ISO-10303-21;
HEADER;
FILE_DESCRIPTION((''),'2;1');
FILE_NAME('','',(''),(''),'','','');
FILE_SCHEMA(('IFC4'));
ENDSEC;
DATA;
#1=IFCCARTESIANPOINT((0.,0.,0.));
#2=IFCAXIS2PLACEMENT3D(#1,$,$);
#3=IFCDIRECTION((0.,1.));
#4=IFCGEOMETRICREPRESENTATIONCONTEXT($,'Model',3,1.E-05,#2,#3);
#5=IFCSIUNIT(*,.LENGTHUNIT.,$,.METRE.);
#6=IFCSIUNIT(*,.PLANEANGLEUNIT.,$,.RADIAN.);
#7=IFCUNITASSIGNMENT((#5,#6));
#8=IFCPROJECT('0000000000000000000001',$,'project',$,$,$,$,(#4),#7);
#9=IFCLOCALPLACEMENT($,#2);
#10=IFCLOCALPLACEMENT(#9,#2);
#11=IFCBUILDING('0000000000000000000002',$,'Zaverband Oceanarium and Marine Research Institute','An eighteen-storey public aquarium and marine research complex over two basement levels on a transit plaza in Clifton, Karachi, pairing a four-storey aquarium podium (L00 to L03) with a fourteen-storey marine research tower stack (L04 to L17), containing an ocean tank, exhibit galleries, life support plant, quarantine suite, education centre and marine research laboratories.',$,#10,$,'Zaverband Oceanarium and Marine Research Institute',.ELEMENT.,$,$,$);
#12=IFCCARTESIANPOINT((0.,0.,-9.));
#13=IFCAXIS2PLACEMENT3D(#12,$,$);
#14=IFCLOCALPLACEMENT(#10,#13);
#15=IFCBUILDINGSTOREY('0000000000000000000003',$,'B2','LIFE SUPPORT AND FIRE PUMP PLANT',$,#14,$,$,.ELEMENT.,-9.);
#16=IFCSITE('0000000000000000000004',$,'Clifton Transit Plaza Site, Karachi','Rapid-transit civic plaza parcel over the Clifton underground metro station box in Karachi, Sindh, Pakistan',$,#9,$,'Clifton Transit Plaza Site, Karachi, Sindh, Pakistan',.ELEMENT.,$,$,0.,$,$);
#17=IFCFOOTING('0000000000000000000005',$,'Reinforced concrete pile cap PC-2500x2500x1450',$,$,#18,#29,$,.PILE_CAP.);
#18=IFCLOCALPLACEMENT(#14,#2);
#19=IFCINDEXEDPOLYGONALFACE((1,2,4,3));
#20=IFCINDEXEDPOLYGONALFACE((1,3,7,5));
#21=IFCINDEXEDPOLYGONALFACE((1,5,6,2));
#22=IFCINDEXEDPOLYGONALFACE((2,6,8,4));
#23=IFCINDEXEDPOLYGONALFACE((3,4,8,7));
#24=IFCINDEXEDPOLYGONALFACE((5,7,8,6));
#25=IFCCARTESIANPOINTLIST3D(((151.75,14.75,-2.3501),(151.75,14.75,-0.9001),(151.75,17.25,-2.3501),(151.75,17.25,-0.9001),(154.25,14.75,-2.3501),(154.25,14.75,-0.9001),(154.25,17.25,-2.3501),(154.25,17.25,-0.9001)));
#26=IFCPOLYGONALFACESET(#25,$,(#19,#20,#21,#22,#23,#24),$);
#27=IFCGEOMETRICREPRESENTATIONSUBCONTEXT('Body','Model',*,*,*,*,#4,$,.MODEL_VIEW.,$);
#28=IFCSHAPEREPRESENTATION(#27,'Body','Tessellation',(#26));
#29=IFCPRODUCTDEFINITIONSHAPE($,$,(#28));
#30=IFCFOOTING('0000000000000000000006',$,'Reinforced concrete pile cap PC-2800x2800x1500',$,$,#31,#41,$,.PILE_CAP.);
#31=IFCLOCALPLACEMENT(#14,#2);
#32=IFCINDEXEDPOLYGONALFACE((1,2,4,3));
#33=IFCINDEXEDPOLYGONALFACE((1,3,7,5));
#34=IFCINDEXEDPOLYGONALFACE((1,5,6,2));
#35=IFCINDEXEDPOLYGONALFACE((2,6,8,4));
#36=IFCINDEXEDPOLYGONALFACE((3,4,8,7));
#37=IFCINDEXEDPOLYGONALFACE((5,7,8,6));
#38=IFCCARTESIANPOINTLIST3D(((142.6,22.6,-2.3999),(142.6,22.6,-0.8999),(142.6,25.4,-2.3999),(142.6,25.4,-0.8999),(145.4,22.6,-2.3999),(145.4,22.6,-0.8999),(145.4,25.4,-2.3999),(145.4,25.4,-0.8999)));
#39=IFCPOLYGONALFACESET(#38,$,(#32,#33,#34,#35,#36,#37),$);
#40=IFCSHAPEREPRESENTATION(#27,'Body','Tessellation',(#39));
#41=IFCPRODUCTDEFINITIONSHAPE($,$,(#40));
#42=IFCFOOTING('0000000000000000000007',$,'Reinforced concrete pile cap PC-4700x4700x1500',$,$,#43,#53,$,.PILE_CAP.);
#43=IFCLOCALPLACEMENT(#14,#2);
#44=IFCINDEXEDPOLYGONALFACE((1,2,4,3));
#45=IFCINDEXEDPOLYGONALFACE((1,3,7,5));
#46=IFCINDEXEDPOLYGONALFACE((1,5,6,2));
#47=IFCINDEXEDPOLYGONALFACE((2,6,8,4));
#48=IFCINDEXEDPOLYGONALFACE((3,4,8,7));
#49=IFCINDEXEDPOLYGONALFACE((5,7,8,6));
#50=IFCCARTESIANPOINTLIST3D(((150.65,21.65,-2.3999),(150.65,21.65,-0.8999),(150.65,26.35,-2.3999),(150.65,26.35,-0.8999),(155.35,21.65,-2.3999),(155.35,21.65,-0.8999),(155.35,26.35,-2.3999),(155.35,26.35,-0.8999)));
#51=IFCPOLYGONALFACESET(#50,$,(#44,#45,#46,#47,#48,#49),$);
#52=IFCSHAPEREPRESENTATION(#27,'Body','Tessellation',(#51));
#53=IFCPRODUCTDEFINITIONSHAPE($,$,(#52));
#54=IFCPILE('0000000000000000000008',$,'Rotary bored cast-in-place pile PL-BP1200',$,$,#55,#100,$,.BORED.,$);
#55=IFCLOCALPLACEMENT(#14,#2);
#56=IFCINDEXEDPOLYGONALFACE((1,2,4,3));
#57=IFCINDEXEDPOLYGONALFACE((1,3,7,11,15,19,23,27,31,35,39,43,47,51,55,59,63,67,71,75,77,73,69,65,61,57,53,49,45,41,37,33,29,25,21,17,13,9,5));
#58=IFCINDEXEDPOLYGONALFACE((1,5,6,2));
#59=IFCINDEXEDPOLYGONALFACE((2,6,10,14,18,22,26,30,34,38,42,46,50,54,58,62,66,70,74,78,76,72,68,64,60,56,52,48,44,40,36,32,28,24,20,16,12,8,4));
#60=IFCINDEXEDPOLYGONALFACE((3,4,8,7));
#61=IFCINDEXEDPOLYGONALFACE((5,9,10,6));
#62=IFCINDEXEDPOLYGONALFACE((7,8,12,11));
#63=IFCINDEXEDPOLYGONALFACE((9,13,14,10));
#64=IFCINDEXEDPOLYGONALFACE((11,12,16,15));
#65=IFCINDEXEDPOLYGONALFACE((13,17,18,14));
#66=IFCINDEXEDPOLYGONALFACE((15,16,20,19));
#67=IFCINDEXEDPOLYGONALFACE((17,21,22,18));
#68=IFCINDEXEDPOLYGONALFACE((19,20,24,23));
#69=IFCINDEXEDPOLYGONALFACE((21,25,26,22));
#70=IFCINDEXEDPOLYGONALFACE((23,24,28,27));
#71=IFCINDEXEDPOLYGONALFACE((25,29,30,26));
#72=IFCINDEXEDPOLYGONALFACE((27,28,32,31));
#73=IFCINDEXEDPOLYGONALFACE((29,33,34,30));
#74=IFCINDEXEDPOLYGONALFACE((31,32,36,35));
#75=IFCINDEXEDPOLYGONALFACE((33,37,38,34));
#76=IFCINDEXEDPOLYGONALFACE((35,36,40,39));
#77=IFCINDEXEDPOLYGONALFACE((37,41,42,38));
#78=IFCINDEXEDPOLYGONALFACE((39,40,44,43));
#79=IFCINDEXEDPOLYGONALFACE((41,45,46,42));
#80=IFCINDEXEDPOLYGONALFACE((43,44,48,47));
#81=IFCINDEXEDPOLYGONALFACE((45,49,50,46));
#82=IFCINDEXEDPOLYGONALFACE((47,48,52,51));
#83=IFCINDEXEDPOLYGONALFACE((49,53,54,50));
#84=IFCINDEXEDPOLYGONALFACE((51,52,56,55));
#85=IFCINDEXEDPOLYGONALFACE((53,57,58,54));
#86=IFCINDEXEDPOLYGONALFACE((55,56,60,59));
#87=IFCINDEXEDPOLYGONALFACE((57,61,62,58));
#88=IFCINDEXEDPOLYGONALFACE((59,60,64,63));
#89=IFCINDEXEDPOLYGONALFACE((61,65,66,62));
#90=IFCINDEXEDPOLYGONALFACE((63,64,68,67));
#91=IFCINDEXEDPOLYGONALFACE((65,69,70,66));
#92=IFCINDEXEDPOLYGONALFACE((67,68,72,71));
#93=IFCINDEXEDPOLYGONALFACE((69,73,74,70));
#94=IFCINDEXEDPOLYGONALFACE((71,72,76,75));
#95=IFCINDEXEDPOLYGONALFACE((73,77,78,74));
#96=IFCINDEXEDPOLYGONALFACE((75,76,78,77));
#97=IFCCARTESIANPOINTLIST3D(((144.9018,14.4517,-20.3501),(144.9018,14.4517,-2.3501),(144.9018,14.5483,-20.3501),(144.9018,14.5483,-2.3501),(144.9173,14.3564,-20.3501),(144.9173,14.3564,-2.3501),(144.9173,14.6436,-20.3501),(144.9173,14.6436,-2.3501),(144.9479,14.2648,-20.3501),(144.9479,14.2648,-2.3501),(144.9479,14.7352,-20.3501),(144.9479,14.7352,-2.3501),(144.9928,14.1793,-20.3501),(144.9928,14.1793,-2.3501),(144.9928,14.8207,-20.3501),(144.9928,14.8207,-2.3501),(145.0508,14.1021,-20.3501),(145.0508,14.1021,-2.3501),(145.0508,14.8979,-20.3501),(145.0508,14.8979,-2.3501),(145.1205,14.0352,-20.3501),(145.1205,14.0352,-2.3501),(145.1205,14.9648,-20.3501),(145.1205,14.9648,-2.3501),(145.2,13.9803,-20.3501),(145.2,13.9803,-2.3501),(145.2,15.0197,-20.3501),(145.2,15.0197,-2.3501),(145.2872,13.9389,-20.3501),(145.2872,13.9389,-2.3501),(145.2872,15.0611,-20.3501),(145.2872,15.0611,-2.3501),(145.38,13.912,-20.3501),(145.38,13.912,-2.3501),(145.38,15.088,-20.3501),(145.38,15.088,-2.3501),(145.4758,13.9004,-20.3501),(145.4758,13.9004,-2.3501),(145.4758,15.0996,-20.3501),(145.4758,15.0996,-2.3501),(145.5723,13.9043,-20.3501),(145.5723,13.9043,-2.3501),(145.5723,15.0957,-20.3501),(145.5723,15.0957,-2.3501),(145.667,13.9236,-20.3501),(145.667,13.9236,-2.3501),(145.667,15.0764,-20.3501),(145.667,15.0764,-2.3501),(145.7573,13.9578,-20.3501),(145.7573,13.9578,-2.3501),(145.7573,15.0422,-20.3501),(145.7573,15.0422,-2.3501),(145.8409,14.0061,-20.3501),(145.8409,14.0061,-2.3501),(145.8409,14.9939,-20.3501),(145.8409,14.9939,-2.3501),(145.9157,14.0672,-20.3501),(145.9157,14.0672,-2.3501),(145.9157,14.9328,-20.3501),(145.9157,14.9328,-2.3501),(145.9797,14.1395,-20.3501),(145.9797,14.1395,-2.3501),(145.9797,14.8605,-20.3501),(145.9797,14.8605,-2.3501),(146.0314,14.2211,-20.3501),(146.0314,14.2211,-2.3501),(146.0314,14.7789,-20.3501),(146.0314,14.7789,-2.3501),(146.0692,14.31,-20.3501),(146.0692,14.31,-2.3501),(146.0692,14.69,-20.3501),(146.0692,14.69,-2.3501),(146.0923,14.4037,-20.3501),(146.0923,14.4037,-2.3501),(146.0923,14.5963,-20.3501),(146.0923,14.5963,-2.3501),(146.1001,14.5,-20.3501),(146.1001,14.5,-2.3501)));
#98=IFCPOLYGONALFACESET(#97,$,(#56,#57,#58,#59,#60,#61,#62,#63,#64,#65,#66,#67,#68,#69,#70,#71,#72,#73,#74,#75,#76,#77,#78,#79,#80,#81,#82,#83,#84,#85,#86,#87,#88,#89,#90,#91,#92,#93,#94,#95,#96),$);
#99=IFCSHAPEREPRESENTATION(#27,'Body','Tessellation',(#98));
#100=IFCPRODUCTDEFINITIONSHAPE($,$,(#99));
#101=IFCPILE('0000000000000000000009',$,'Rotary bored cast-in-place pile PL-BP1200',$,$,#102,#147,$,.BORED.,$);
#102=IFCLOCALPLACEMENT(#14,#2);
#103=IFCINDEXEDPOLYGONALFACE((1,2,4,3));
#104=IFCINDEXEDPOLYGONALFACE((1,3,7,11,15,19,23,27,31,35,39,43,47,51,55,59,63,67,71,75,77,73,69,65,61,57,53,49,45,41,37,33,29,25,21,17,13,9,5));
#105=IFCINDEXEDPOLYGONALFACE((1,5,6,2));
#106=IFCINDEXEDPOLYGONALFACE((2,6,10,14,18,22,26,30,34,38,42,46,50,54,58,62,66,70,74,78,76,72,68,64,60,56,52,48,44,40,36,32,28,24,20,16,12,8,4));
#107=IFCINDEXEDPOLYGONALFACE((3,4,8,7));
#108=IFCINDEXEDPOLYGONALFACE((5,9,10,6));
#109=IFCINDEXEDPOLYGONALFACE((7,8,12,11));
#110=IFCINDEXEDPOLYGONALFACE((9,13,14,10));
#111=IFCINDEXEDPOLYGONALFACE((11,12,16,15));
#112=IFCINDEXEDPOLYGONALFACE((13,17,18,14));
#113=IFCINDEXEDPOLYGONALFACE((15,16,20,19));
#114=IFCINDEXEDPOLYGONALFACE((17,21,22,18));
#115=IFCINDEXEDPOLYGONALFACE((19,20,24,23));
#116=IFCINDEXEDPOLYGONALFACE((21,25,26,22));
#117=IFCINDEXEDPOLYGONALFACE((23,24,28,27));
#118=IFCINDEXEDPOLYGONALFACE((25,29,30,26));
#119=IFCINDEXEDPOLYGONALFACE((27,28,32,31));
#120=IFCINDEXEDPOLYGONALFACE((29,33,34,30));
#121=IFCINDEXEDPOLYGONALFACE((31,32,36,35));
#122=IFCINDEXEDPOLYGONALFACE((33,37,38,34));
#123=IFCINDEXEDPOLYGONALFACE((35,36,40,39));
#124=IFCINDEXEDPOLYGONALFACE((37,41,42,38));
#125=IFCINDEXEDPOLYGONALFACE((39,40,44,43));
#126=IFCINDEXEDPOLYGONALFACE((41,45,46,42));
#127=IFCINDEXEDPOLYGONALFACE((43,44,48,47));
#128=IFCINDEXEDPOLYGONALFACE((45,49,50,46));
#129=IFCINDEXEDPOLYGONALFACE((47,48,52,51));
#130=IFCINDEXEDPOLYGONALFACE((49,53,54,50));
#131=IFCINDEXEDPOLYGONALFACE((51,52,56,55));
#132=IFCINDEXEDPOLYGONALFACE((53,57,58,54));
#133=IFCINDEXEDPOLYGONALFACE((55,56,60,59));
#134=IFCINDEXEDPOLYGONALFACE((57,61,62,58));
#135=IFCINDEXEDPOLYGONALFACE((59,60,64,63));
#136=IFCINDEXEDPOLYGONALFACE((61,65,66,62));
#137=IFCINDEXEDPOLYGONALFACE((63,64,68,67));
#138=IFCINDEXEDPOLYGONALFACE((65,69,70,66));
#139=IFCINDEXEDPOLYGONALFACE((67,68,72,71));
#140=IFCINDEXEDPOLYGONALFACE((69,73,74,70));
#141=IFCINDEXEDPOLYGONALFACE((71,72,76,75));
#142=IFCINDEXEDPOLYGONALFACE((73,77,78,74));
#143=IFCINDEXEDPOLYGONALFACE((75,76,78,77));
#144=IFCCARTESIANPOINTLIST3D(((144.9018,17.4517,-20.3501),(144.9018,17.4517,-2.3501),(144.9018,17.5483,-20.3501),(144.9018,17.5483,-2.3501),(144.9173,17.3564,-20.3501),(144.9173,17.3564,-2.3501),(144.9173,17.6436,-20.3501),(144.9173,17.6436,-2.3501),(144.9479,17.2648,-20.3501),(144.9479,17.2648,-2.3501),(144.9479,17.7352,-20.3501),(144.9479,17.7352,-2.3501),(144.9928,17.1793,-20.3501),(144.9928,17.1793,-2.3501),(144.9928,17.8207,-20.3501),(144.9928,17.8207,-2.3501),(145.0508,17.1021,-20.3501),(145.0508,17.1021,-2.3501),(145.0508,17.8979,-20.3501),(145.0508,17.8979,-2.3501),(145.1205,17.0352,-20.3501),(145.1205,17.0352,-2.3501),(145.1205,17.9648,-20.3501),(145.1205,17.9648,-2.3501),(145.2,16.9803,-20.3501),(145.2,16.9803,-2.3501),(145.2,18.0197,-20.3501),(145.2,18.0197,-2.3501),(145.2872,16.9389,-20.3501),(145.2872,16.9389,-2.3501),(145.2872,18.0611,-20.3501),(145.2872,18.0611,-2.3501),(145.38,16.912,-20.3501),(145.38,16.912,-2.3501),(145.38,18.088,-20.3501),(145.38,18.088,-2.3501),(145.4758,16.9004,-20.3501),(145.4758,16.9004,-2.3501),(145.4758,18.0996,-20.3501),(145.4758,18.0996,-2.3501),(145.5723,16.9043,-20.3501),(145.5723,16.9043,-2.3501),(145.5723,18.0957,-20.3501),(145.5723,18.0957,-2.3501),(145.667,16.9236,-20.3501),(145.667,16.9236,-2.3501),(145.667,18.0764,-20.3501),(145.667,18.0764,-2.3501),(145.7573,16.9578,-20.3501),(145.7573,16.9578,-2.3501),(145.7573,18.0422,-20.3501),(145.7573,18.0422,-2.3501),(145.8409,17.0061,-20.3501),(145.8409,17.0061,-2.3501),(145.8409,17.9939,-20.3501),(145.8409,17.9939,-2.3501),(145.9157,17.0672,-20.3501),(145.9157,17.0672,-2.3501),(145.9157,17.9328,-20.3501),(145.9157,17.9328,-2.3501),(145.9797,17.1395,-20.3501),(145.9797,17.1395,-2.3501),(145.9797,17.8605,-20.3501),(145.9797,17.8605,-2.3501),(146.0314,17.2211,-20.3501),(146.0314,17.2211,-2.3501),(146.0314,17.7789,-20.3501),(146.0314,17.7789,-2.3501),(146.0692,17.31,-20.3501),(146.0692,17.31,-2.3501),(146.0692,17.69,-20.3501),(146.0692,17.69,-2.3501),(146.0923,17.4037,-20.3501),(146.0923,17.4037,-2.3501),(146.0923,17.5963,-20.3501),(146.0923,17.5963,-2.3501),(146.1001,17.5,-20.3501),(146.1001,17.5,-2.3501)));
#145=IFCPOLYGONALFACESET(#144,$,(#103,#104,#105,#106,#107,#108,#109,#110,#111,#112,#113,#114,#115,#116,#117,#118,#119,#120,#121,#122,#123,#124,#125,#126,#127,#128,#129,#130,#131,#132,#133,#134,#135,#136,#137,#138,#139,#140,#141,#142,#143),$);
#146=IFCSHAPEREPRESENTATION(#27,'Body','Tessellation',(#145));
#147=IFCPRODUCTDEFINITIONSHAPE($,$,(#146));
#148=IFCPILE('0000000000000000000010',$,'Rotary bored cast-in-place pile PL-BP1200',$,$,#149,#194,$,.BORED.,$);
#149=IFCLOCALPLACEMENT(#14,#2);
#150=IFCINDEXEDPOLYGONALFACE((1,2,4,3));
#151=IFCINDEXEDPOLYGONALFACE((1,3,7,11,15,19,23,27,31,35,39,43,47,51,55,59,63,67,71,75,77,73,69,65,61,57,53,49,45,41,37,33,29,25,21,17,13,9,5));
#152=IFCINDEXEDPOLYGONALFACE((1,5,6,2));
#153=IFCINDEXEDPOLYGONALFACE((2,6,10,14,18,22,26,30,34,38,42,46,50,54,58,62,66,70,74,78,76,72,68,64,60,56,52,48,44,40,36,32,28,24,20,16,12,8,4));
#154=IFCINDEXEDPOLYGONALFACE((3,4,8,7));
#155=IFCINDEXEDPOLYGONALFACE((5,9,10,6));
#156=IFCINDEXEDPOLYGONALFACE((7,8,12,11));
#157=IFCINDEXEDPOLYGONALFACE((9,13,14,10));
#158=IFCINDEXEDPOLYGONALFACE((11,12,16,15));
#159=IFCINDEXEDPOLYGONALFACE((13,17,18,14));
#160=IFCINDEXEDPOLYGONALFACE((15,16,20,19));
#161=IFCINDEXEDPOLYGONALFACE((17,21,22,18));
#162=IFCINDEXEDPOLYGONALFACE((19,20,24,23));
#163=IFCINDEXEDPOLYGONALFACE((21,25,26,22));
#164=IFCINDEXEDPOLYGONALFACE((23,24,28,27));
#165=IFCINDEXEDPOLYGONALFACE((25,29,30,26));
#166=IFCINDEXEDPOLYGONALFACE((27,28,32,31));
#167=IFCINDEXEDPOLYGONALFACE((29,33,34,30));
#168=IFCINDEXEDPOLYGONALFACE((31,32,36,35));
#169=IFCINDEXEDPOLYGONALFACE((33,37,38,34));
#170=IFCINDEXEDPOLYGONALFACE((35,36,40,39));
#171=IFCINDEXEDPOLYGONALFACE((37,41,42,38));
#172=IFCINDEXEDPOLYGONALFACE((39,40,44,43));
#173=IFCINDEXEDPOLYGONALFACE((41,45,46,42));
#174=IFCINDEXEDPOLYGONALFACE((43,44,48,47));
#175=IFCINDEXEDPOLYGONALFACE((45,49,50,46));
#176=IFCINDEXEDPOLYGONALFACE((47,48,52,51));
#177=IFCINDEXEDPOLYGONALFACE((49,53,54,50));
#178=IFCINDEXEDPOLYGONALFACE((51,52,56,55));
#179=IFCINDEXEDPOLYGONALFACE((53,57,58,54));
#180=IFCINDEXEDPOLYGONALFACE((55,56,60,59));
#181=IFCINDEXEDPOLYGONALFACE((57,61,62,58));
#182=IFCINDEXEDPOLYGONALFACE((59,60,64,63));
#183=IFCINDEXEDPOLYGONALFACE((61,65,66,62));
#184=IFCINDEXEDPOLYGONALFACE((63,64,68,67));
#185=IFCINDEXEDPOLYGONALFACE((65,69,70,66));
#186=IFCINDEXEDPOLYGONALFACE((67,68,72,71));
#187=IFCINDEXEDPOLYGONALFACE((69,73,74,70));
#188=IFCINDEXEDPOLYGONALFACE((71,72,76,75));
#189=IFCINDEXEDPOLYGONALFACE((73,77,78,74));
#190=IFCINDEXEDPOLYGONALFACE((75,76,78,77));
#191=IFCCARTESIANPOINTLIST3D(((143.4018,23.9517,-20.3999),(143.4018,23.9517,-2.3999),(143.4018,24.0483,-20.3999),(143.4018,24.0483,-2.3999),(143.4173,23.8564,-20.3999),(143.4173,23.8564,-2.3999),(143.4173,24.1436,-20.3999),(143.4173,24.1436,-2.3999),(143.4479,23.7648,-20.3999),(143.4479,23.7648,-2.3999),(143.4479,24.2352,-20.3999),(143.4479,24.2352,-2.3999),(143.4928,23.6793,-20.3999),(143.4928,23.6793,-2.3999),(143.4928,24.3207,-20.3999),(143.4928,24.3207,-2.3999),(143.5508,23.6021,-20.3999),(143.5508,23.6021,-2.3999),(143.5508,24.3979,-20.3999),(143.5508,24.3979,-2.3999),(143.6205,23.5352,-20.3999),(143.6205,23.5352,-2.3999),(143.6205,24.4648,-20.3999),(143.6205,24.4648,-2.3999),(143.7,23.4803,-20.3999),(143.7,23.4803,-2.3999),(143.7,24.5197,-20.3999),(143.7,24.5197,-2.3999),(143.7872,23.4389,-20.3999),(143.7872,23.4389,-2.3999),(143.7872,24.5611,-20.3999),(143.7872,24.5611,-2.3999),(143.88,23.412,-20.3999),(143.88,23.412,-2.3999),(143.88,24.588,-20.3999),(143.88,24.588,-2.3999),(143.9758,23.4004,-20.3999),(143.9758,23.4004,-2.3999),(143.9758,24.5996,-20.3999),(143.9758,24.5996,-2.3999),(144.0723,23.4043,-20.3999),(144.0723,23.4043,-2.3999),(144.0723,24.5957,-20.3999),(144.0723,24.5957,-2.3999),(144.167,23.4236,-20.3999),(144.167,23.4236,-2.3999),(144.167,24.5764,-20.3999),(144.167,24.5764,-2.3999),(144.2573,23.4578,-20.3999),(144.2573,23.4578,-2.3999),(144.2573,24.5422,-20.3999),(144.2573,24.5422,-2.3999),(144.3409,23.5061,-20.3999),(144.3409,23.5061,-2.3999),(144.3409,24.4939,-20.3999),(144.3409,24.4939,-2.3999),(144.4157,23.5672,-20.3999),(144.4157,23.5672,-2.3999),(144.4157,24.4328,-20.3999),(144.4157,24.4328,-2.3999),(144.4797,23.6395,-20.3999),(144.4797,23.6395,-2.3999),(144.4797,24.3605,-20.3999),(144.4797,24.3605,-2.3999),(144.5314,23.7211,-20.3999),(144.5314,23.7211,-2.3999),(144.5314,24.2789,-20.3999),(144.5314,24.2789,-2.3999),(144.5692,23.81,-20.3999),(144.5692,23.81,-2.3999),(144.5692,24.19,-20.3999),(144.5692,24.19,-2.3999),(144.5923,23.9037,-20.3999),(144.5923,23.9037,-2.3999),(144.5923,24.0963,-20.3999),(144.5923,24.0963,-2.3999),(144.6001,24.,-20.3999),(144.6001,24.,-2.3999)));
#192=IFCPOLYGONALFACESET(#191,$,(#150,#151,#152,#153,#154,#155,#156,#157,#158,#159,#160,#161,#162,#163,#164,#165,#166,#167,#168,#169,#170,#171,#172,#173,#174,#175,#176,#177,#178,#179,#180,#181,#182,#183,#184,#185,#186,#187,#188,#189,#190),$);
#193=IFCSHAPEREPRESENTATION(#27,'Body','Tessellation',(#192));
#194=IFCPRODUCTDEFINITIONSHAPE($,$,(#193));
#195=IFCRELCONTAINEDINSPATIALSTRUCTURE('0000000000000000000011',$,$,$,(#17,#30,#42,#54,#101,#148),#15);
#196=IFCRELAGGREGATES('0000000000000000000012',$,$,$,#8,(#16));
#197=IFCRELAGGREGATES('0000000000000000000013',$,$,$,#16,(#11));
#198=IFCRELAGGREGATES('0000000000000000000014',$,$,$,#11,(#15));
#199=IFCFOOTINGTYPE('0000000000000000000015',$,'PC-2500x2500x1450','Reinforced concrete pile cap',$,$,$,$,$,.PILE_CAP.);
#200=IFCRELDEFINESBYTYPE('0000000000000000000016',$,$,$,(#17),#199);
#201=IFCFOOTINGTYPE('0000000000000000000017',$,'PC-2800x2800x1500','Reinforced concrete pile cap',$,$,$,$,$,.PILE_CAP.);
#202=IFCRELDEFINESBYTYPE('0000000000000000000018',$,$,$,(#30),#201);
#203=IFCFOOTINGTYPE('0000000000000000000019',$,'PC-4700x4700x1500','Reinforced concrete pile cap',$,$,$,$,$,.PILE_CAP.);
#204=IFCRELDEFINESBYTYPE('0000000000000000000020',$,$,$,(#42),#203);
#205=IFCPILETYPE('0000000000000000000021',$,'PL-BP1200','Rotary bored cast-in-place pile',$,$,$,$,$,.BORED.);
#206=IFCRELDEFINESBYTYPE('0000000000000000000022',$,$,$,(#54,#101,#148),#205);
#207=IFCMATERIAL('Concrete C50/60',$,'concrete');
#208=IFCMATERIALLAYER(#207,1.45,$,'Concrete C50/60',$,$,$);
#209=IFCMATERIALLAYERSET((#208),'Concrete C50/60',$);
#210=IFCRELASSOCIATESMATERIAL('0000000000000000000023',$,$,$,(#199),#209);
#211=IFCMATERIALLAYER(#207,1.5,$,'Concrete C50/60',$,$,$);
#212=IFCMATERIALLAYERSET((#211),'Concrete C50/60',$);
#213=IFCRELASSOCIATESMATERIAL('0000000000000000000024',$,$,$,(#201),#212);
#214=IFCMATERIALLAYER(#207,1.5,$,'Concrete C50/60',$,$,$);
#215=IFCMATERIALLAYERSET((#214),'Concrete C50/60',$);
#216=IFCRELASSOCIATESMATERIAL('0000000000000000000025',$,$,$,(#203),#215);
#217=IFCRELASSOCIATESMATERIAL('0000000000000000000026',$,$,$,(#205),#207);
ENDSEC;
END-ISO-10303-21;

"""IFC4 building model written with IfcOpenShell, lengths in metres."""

from ifc_helpers import new_model, si_unit, direction, frame, origin, origin_2d, place, context, subcontext, project, spatial, rectangle, circle, extrude, material, layer, layer_set, material_profile, profile_set, type_object, element, save


model = new_model("IFC4")

# Units and contexts
model_context = context("Model", 3, precision=1e-05, world=origin(), true_north=direction((0.0, 1.0)))
body_context = subcontext(model_context, "Body", "Model", "MODEL_VIEW")
ifc_project = project(units=[si_unit("LENGTHUNIT", "METRE"), si_unit("PLANEANGLEUNIT", "RADIAN")], contexts=[model_context])

# Site, building, storey
site_placement = place(None, origin())
site = spatial("IfcSite", under=ifc_project, at=site_placement, Name="Clifton Transit Plaza Site, Karachi", Description="Rapid-transit civic plaza parcel over the Clifton underground metro station box in Karachi, Sindh, Pakistan", LongName="Clifton Transit Plaza Site, Karachi, Sindh, Pakistan", CompositionType="ELEMENT", RefElevation=0.0)
building_placement = place(site_placement, origin())
building = spatial("IfcBuilding", under=site, at=building_placement, Name="Zaverband Oceanarium and Marine Research Institute", Description="An eighteen-storey public aquarium and marine research complex over two basement levels on a transit plaza in Clifton, Karachi, pairing a four-storey aquarium podium (L00 to L03) with a fourteen-storey marine research tower stack (L04 to L17), containing an ocean tank, exhibit galleries, life support plant, quarantine suite, education centre and marine research laboratories.", LongName="Zaverband Oceanarium and Marine Research Institute", CompositionType="ELEMENT")
storey_placement = place(building_placement, frame((0.0, 0.0, -9.0)))
storey = spatial("IfcBuildingStorey", under=building, at=storey_placement, Name="B2", Description="LIFE SUPPORT AND FIRE PUMP PLANT", CompositionType="ELEMENT", Elevation=-9.0)

# Footings
ifc_material_1 = material(Name="Concrete C50/60", Category="concrete")
ifc_layer_1 = layer(ifc_material_1, 1.45, Name="Concrete C50/60")
ifc_layer_set_1 = layer_set([ifc_layer_1], Name="Concrete C50/60")
footing_type_1 = type_object("IfcFootingType", Name="PC-2500x2500x1450", Description="Reinforced concrete pile cap", PredefinedType="PILE_CAP", material=ifc_layer_set_1)
footing_1_placement = place(storey_placement, frame((153.0, 16.0, -2.3501), z_axis=(0.0, 0.0, 1.0), x_axis=(1.0, 0.0, 0.0)))
element("IfcFooting", 1, at=footing_1_placement, inside=storey, type_object=footing_type_1, Name="Reinforced concrete pile cap PC-2500x2500x1450", PredefinedType="PILE_CAP", context=body_context, shape_type="SweptSolid", body=[
    extrude(rectangle(XDim=2.5, YDim=2.5, at=origin_2d()), origin(), (0.0, 0.0, 1.0), 1.45),
])
ifc_layer_2 = layer(ifc_material_1, 1.5, Name="Concrete C50/60")
ifc_layer_set_2 = layer_set([ifc_layer_2], Name="Concrete C50/60")
footing_type_2 = type_object("IfcFootingType", Name="PC-2800x2800x1500", Description="Reinforced concrete pile cap", PredefinedType="PILE_CAP", material=ifc_layer_set_2)
footing_2_placement = place(storey_placement, frame((144.0, 24.0, -2.3999), z_axis=(0.0, 0.0, 1.0), x_axis=(1.0, 0.0, 0.0)))
element("IfcFooting", 2, at=footing_2_placement, inside=storey, type_object=footing_type_2, Name="Reinforced concrete pile cap PC-2800x2800x1500", PredefinedType="PILE_CAP", context=body_context, shape_type="SweptSolid", body=[
    extrude(rectangle(XDim=2.8, YDim=2.8, at=origin_2d()), origin(), (0.0, 0.0, 1.0), 1.5),
])
ifc_layer_3 = layer(ifc_material_1, 1.5, Name="Concrete C50/60")
ifc_layer_set_3 = layer_set([ifc_layer_3], Name="Concrete C50/60")
footing_type_3 = type_object("IfcFootingType", Name="PC-4700x4700x1500", Description="Reinforced concrete pile cap", PredefinedType="PILE_CAP", material=ifc_layer_set_3)
footing_3_placement = place(storey_placement, frame((153.0, 24.0, -2.3999), z_axis=(0.0, 0.0, 1.0), x_axis=(1.0, 0.0, 0.0)))
element("IfcFooting", 3, at=footing_3_placement, inside=storey, type_object=footing_type_3, Name="Reinforced concrete pile cap PC-4700x4700x1500", PredefinedType="PILE_CAP", context=body_context, shape_type="SweptSolid", body=[
    extrude(rectangle(XDim=4.7, YDim=4.7, at=origin_2d()), origin(), (0.0, 0.0, 1.0), 1.5),
])

# Piles
ifc_material_profile_1 = material_profile(ifc_material_1, circle(Radius=0.6001, at=origin_2d()), Name="BP1200")
ifc_profile_set_1 = profile_set([ifc_material_profile_1], Name="Concrete C50/60")
pile_type = type_object("IfcPileType", Name="PL-BP1200", Description="Rotary bored cast-in-place pile", PredefinedType="BORED", material=ifc_profile_set_1)
for number, where, z_axis, x_axis, name in (
    (4, (145.5, 14.5, -2.3501), (0.0, 0.0, -1.0), (1.0, 0.0, 0.0), "Rotary bored cast-in-place pile PL-BP1200"),
    (5, (145.5, 17.5, -2.3501), (0.0, 0.0, -1.0), (1.0, 0.0, 0.0), "Rotary bored cast-in-place pile PL-BP1200"),
    (6, (144.0, 24.0, -2.3999), (0.0, 0.0, -1.0), (1.0, 0.0, 0.0), "Rotary bored cast-in-place pile PL-BP1200"),
):
    element("IfcPile", number, at=place(storey_placement, frame(where, z_axis=z_axis, x_axis=x_axis)), inside=storey, type_object=pile_type, Name=name, PredefinedType="BORED", context=body_context, shape_type="SweptSolid", body=[
        extrude(circle(Radius=0.6001, at=origin_2d()), origin(), (0.0, 0.0, 1.0), 18.0),
    ])

save(model, "model.ifc")
